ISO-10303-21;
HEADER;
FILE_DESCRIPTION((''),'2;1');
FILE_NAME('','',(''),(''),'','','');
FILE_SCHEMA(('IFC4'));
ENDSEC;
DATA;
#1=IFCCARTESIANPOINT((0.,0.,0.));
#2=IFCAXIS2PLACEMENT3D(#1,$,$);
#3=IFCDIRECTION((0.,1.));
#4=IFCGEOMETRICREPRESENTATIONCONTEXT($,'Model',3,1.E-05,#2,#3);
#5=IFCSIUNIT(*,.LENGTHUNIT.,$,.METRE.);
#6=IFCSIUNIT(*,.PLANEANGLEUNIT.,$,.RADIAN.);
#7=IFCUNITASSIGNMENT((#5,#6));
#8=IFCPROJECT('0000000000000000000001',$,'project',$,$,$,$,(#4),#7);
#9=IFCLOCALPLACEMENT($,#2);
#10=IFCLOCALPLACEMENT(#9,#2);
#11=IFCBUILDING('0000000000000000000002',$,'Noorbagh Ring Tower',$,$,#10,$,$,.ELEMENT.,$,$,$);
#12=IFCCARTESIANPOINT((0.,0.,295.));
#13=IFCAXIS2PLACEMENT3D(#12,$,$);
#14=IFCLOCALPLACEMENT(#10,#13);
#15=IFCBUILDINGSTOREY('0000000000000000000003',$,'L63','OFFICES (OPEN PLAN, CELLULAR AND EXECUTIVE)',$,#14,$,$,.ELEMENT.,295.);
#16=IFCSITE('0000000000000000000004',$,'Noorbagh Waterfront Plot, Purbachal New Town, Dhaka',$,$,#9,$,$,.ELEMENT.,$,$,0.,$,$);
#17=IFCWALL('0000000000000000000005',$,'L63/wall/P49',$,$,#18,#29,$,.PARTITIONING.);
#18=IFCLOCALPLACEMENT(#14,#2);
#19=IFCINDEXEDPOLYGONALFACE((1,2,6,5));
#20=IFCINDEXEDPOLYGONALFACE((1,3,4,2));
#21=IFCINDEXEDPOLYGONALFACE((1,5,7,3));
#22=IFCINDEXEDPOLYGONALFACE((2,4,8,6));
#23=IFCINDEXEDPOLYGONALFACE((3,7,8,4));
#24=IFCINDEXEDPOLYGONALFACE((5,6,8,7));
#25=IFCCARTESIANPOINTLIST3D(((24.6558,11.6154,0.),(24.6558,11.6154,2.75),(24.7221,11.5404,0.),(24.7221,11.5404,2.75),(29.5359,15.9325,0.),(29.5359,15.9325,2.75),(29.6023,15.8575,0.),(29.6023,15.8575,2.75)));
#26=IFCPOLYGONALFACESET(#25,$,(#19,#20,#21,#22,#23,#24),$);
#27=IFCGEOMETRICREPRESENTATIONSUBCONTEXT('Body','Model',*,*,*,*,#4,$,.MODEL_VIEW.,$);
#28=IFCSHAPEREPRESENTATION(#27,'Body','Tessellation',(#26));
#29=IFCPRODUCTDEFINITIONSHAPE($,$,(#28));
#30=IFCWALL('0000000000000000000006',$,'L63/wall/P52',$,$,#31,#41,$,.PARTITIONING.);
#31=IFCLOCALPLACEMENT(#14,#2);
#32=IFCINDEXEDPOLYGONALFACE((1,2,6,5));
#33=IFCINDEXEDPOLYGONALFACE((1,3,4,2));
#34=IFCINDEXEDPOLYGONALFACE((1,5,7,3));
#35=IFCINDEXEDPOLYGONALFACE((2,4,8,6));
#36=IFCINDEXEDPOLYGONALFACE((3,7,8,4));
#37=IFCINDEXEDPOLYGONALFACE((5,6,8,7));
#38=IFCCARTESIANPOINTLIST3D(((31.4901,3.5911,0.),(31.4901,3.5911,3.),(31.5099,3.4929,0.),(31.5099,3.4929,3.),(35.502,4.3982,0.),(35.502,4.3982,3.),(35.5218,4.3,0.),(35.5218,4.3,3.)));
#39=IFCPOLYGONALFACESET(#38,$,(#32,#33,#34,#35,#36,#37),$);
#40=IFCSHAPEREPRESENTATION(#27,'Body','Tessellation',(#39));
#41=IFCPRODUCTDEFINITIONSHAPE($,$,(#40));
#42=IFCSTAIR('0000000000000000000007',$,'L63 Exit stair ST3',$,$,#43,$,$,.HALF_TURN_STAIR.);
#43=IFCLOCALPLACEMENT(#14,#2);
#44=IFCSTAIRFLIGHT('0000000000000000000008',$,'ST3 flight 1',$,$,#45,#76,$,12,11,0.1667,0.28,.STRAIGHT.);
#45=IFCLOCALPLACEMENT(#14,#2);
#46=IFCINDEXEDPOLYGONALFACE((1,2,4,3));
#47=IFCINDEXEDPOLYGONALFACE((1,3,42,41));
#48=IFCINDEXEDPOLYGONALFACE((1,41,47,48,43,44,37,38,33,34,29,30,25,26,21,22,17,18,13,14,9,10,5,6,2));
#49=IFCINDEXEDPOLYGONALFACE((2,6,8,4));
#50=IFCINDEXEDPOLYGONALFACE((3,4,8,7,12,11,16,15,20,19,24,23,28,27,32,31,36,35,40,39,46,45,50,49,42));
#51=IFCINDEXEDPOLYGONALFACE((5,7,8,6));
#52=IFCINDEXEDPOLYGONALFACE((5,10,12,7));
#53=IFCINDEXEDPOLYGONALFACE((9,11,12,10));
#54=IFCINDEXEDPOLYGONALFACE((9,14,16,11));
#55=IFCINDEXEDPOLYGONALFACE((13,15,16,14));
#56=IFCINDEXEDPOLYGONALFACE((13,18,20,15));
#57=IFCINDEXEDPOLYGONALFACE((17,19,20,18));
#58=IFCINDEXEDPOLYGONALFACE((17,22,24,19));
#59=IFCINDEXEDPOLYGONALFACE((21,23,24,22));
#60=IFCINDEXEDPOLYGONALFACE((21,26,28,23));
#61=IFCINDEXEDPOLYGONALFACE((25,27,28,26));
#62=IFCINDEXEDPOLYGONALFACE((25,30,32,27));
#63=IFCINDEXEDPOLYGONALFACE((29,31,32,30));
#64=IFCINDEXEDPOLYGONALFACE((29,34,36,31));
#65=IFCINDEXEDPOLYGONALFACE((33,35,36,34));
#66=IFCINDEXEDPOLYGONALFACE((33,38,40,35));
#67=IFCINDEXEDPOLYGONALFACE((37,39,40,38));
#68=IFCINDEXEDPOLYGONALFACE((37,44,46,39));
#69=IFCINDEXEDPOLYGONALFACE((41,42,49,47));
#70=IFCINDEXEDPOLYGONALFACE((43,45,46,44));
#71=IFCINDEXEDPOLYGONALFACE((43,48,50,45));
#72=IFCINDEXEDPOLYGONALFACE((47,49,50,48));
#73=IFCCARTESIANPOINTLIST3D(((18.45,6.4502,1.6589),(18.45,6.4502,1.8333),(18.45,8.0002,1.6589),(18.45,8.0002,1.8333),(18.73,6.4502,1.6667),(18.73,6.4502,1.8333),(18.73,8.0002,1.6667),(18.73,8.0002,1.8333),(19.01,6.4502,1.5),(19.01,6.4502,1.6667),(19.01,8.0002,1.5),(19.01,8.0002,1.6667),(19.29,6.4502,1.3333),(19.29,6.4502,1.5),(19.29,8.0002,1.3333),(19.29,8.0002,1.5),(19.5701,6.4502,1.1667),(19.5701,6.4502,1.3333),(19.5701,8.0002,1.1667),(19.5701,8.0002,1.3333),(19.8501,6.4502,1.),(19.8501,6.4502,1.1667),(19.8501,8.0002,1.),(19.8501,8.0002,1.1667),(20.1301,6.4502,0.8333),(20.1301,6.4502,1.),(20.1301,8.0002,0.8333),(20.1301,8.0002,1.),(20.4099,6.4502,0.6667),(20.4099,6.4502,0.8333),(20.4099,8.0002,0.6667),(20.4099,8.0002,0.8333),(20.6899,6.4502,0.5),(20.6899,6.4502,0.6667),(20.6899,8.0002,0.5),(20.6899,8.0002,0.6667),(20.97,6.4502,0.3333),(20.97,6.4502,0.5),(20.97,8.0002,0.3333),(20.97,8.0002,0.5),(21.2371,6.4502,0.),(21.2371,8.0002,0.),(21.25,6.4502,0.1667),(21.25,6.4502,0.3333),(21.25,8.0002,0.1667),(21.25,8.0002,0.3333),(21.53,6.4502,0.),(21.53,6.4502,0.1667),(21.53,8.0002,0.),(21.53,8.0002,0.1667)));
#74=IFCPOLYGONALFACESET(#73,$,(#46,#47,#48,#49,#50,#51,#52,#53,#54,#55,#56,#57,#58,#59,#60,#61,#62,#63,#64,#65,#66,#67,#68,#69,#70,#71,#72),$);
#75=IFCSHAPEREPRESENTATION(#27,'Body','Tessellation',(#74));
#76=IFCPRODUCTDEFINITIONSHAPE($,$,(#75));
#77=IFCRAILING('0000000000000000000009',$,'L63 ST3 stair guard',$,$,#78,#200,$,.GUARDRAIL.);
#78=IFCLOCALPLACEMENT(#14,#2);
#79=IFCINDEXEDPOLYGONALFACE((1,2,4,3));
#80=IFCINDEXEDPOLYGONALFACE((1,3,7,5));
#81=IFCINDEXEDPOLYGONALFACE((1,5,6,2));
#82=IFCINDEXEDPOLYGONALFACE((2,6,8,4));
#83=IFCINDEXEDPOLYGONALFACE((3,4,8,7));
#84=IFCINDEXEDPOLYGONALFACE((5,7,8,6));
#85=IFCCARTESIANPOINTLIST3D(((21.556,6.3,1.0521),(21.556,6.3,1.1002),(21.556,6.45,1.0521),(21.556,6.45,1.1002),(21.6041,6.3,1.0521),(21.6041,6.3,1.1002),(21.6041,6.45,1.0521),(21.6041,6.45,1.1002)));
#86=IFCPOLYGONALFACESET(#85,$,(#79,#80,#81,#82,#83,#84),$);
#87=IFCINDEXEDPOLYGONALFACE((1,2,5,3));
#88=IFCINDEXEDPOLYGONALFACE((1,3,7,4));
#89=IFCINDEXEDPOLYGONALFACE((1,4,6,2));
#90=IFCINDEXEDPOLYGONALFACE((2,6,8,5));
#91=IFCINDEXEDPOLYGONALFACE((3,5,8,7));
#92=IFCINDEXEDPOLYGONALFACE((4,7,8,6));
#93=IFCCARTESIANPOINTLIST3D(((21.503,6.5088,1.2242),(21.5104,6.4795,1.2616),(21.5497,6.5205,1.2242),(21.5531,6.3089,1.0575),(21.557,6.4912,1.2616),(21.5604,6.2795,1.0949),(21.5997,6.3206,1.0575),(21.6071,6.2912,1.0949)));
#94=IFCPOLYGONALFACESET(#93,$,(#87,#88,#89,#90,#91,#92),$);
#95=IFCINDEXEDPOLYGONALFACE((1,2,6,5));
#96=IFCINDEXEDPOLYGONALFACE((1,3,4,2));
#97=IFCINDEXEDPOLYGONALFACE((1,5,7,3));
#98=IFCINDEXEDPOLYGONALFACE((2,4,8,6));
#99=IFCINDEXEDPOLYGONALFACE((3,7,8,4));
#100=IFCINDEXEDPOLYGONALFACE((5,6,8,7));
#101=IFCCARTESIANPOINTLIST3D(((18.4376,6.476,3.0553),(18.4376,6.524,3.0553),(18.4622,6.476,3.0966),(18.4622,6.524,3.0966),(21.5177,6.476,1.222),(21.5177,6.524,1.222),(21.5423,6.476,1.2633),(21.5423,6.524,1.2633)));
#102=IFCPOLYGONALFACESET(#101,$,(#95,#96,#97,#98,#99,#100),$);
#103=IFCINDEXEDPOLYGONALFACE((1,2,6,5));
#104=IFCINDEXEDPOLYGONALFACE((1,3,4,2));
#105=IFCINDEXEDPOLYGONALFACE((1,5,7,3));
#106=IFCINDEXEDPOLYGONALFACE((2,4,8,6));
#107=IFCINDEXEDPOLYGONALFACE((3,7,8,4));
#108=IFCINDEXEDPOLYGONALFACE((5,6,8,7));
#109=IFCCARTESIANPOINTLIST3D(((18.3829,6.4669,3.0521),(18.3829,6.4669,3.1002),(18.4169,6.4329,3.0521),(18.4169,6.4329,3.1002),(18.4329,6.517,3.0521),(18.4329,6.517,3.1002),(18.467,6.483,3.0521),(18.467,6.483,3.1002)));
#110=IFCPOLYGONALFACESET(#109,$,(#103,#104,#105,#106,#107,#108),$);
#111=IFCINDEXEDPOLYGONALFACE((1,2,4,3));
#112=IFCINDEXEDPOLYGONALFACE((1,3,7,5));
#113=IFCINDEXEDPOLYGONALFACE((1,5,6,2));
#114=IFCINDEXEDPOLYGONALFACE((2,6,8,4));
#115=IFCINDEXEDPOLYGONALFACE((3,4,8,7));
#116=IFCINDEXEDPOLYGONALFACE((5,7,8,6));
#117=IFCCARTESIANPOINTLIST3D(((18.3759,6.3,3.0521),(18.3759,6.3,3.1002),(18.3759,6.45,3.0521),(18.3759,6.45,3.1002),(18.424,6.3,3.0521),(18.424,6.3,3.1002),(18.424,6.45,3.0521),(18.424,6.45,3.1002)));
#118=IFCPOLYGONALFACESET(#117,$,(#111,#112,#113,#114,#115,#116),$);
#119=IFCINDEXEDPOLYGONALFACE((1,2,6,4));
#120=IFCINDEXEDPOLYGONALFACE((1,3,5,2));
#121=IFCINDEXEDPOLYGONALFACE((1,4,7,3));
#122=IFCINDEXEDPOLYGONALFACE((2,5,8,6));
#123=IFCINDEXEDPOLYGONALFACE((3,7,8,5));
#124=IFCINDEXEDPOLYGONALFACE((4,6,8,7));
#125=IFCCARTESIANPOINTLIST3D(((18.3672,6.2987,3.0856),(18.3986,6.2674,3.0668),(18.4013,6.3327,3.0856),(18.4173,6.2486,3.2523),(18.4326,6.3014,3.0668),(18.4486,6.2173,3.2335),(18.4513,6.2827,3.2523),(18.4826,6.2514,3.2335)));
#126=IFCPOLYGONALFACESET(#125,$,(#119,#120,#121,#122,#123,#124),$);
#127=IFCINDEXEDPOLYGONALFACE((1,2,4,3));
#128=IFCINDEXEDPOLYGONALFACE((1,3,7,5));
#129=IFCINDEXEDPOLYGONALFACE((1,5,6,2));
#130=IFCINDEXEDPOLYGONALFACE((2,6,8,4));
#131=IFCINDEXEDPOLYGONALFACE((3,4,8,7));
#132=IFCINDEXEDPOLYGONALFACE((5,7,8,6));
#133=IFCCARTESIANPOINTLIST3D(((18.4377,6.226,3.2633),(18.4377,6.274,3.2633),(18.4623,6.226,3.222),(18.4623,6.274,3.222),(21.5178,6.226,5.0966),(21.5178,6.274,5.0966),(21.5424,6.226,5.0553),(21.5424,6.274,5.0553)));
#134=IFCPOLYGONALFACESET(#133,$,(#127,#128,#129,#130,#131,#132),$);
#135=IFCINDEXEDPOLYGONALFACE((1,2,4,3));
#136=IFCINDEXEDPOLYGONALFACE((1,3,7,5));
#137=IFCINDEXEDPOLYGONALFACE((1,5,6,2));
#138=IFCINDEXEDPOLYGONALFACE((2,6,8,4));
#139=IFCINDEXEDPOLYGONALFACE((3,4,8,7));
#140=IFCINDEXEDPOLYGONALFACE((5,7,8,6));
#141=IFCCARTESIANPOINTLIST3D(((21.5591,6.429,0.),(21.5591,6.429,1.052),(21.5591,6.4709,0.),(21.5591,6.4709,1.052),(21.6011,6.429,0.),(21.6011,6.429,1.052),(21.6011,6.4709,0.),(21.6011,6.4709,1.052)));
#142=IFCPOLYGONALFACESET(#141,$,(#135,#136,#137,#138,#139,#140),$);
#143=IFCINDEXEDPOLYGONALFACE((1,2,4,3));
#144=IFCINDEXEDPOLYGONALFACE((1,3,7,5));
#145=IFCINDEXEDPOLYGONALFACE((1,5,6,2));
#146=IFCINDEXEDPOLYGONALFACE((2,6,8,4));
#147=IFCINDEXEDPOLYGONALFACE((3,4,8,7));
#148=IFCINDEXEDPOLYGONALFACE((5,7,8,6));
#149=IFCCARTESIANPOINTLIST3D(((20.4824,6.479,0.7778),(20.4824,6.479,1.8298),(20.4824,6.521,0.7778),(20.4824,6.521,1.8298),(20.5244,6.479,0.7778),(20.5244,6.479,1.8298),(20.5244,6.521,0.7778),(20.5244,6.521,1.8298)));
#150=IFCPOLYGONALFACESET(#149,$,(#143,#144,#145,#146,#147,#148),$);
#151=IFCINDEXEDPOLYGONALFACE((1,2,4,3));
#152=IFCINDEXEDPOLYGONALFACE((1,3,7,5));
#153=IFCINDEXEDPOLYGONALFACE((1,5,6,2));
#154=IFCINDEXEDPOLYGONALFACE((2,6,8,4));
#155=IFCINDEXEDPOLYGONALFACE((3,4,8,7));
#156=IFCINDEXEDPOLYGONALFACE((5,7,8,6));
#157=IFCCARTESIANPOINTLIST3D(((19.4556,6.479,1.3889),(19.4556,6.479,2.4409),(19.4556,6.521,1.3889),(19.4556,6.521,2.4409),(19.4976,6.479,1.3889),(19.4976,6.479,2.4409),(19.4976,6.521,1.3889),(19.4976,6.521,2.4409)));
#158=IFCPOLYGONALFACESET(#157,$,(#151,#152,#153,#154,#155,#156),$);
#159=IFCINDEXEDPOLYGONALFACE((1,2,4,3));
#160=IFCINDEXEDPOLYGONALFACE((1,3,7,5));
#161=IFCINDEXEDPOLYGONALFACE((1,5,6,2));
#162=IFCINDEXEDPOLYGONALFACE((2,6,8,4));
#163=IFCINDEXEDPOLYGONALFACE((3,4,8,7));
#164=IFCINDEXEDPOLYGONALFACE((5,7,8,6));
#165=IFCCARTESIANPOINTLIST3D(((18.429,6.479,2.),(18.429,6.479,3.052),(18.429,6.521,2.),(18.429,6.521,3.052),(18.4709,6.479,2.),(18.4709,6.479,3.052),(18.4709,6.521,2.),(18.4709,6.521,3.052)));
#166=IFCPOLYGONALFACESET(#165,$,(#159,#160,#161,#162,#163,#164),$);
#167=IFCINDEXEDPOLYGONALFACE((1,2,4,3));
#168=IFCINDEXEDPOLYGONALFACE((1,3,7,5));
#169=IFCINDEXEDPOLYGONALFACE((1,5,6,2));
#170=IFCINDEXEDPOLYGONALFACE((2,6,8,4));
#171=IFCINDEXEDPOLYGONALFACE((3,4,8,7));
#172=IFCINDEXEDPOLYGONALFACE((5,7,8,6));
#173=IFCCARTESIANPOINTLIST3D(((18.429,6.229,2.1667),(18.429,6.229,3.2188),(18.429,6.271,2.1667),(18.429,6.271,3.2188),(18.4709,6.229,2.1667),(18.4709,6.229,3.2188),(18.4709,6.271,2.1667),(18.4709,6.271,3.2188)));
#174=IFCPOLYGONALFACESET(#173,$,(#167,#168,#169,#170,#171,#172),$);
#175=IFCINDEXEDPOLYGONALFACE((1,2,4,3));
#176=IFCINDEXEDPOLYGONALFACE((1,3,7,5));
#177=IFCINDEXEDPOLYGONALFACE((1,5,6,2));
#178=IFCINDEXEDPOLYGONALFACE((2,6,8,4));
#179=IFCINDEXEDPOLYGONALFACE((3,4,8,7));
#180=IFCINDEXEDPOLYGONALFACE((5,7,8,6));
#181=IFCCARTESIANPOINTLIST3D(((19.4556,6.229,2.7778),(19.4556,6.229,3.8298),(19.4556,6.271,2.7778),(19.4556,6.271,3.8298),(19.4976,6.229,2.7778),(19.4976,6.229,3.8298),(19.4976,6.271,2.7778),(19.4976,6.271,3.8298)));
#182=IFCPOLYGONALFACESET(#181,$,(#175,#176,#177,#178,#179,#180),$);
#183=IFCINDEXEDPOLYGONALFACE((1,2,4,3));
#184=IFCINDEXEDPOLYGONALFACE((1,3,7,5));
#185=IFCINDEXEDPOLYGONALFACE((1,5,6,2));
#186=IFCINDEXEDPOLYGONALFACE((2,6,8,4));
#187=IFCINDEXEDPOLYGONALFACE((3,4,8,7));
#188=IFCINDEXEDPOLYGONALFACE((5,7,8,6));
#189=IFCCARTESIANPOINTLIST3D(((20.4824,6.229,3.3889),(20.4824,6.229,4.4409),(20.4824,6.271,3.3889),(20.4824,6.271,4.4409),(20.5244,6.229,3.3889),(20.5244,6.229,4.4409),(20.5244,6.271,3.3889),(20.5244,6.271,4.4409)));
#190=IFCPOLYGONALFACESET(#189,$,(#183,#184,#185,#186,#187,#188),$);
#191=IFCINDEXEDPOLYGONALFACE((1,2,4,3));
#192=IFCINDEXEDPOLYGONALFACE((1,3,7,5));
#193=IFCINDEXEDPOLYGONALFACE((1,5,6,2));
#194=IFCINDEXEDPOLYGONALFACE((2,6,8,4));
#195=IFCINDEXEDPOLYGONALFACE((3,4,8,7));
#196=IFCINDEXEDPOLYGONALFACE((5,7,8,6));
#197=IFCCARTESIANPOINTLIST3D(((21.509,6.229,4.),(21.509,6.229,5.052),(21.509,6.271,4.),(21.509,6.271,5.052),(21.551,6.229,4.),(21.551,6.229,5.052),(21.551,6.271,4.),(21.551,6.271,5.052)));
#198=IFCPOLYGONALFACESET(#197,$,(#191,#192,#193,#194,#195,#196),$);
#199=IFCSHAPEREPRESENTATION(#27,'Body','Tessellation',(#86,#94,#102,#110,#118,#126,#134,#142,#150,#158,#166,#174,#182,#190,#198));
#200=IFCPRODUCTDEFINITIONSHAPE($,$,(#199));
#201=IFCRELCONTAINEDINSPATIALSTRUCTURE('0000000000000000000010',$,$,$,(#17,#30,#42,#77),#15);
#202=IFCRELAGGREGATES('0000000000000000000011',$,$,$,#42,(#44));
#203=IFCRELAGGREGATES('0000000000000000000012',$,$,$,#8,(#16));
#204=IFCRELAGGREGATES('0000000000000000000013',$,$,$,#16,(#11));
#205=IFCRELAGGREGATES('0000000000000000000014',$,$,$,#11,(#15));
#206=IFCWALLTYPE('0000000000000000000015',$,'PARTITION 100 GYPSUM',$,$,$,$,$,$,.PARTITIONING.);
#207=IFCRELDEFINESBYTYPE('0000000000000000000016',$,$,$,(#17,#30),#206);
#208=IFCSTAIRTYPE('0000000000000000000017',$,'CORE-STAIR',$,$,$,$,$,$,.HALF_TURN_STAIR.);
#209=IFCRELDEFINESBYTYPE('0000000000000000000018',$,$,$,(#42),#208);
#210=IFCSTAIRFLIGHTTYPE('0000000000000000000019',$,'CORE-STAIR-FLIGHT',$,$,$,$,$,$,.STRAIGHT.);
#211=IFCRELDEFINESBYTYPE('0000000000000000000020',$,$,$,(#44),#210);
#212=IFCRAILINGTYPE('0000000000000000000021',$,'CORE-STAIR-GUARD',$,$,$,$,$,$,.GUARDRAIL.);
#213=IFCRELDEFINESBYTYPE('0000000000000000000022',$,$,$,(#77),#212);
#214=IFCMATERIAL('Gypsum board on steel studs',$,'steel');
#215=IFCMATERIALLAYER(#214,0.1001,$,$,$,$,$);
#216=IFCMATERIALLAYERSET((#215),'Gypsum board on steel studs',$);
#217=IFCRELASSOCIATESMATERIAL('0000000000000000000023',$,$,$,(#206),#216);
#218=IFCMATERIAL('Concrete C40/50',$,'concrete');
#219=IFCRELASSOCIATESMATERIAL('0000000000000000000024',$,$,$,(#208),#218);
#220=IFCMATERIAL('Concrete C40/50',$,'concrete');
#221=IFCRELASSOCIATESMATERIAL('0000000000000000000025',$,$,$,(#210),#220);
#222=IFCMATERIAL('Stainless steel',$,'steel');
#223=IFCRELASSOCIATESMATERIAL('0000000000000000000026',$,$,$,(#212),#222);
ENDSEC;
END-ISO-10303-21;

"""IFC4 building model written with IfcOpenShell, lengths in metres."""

from ifc_helpers import new_model, si_unit, direction, frame, frame_2d, origin, origin_2d, place, context, subcontext, project, spatial, polyline, rectangle, outline, extrude, material, layer, layer_set, type_object, element, aggregate, save


model = new_model("IFC4")

# Units and contexts
model_context = context("Model", 3, precision=1e-05, world=origin(), true_north=direction((0.0, 1.0)))
body_context = subcontext(model_context, "Body", "Model", "MODEL_VIEW")
ifc_project = project(units=[si_unit("LENGTHUNIT", "METRE"), si_unit("PLANEANGLEUNIT", "RADIAN")], contexts=[model_context])

# Site, building, storey
site_placement = place(None, origin())
site = spatial("IfcSite", under=ifc_project, at=site_placement, Name="Noorbagh Waterfront Plot, Purbachal New Town, Dhaka", CompositionType="ELEMENT", RefElevation=0.0)
building_placement = place(site_placement, origin())
building = spatial("IfcBuilding", under=site, at=building_placement, Name="Noorbagh Ring Tower", CompositionType="ELEMENT")
storey_placement = place(building_placement, frame((0.0, 0.0, 295.0)))
storey = spatial("IfcBuildingStorey", under=building, at=storey_placement, Name="L63", Description="OFFICES (OPEN PLAN, CELLULAR AND EXECUTIVE)", CompositionType="ELEMENT", Elevation=295.0)

# Walls
ifc_material_1 = material(Name="Gypsum board on steel studs", Category="steel")
ifc_layer_1 = layer(ifc_material_1, 0.1001)
ifc_layer_set_1 = layer_set([ifc_layer_1], Name="Gypsum board on steel studs")
wall_type_1 = type_object("IfcWallType", Name="PARTITION 100 GYPSUM", PredefinedType="PARTITIONING", material=ifc_layer_set_1)
wall_1_placement = place(storey_placement, frame((24.689, 11.5779, 0.0), z_axis=(0.0, 0.0, 1.0), x_axis=(0.748989, 0.662583, 0.0)))
element("IfcWall", 1, at=wall_1_placement, inside=storey, type_object=wall_type_1, Name="L63/wall/P49", PredefinedType="PARTITIONING", context=body_context, shape_type="SweptSolid", body=[
    extrude(rectangle(XDim=6.5156, YDim=0.1001, at=frame_2d((3.2578, 0.0))), origin(), (0.0, 0.0, 1.0), 2.75),
])
wall_2_placement = place(storey_placement, frame((31.5, 3.542, 0.0), z_axis=(0.0, 0.0, 1.0), x_axis=(0.980357, 0.197229, 0.0)))
element("IfcWall", 2, at=wall_2_placement, inside=storey, type_object=wall_type_1, Name="L63/wall/P52", PredefinedType="PARTITIONING", context=body_context, shape_type="SweptSolid", body=[
    extrude(rectangle(XDim=4.0923, YDim=0.1001, at=frame_2d((2.0461, 0.0))), origin(), (0.0, 0.0, 1.0), 3.0),
])

# Stair, stair flight
ifc_material_2 = material(Name="Concrete C40/50", Category="concrete")
stair_type = type_object("IfcStairType", Name="CORE-STAIR", PredefinedType="HALF_TURN_STAIR", material=ifc_material_2)
stair_placement = place(storey_placement, origin())
stair = element("IfcStair", 3, at=stair_placement, inside=storey, type_object=stair_type, Name="L63 Exit stair ST3", PredefinedType="HALF_TURN_STAIR")
ifc_material_3 = material(Name="Concrete C40/50", Category="concrete")
stair_flight_type = type_object("IfcStairFlightType", Name="CORE-STAIR-FLIGHT", PredefinedType="STRAIGHT", material=ifc_material_3)
stair_flight_placement = place(storey_placement, frame((21.53, 7.2251, 0.0), z_axis=(0.0, 0.0, 1.0), x_axis=(-1.0, 0.0, 0.0)))
stair_flight = element("IfcStairFlight", 4, at=stair_flight_placement, type_object=stair_flight_type, Name="ST3 flight 1", NumberOfRisers=12, NumberOfTreads=11, PredefinedType="STRAIGHT", RiserHeight=0.1667, TreadLength=0.28, context=body_context, shape_type="SweptSolid", body=[
    extrude(outline(polyline([(0.0, 0.0), (0.0, 0.1667), (0.28, 0.1667), (0.28, 0.3333), (0.5601, 0.3333), (0.5601, 0.5), (0.8401, 0.5), (0.8401, 0.6667), (1.1201, 0.6667), (1.1201, 0.8333), (1.3999, 0.8333), (1.3999, 1.0), (1.6799, 1.0), (1.6799, 1.1667), (1.96, 1.1667), (1.96, 1.3333), (2.24, 1.3333), (2.24, 1.5), (2.52, 1.5), (2.52, 1.6667), (2.8, 1.6667), (2.8, 1.8333), (3.0801, 1.8333), (3.0801, 2.0), (3.0801, 1.6589), (0.293, 0.0), (0.0, 0.0)])), frame((0.0, 0.7749, 0.0), z_axis=(0.0, -1.0, 0.0), x_axis=(1.0, 0.0, 0.0)), (0.0, 0.0, 1.0), 1.55),
])
aggregate(stair, [stair_flight])

# Railing
ifc_material_4 = material(Name="Stainless steel", Category="steel")
railing_type_1 = type_object("IfcRailingType", Name="CORE-STAIR-GUARD", PredefinedType="GUARDRAIL", material=ifc_material_4)
railing_1_placement = place(storey_placement, frame((21.5801, 6.45, 0.0)))
element("IfcRailing", 5, at=railing_1_placement, inside=storey, type_object=railing_type_1, Name="L63 ST3 stair guard", PredefinedType="GUARDRAIL", context=body_context, shape_type="SweptSolid", body=[
    extrude(rectangle(XDim=0.0481, YDim=0.0481, at=origin_2d()), frame((0.0, 0.0, 1.0762), z_axis=(0.0, -1.0, 0.0), x_axis=(1.0, 0.0, 0.0)), (0.0, 0.0, 1.0), 0.1499),
    extrude(rectangle(XDim=0.0481, YDim=0.0481, at=origin_2d()), frame((0.0, -0.1499, 1.0762), z_axis=(-0.188776, 0.754182, 0.628946), x_axis=(-0.970073, -0.242814, 0.0)), (0.0, 0.0, 1.0), 0.2651),
    extrude(rectangle(XDim=0.0481, YDim=0.0481, at=origin_2d()), frame((-0.05, 0.05, 1.2427), z_axis=(-0.859309, 0.0, 0.511458), x_axis=(0.0, -1.0, 0.0)), (0.0, 0.0, 1.0), 3.5845),
    extrude(rectangle(XDim=0.0481, YDim=0.0481, at=origin_2d()), frame((-3.1301, 0.05, 3.0762), z_axis=(-0.707107, -0.707107, 0.0), x_axis=(0.707107, -0.707107, 0.0)), (0.0, 0.0, 1.0), 0.0708),
    extrude(rectangle(XDim=0.0481, YDim=0.0481, at=origin_2d()), frame((-3.1802, 0.0, 3.0762), z_axis=(0.0, -1.0, 0.0), x_axis=(1.0, 0.0, 0.0)), (0.0, 0.0, 1.0), 0.1499),
    extrude(rectangle(XDim=0.0481, YDim=0.0481, at=origin_2d()), frame((-3.1802, -0.1499, 3.0762), z_axis=(0.276287, -0.276287, 0.920506), x_axis=(0.707107, 0.707107, 0.0)), (0.0, 0.0, 1.0), 0.1812),
    extrude(rectangle(XDim=0.0481, YDim=0.0481, at=origin_2d()), frame((-3.1301, -0.2, 3.2427), z_axis=(0.859309, 0.0, 0.511458), x_axis=(0.0, 1.0, 0.0)), (0.0, 0.0, 1.0), 3.5845),
    extrude(rectangle(XDim=0.042, YDim=0.042, at=origin_2d()), origin(), (0.0, 0.0, 1.0), 1.052),
    extrude(rectangle(XDim=0.042, YDim=0.042, at=origin_2d()), frame((-1.0767, 0.05, 0.7778)), (0.0, 0.0, 1.0), 1.052),
    extrude(rectangle(XDim=0.042, YDim=0.042, at=origin_2d()), frame((-2.1035, 0.05, 1.3889)), (0.0, 0.0, 1.0), 1.052),
    extrude(rectangle(XDim=0.042, YDim=0.042, at=origin_2d()), frame((-3.1301, 0.05, 2.0)), (0.0, 0.0, 1.0), 1.052),
    extrude(rectangle(XDim=0.042, YDim=0.042, at=origin_2d()), frame((-3.1301, -0.2, 2.1667)), (0.0, 0.0, 1.0), 1.052),
    extrude(rectangle(XDim=0.042, YDim=0.042, at=origin_2d()), frame((-2.1035, -0.2, 2.7778)), (0.0, 0.0, 1.0), 1.052),
    extrude(rectangle(XDim=0.042, YDim=0.042, at=origin_2d()), frame((-1.0767, -0.2, 3.3889)), (0.0, 0.0, 1.0), 1.052),
    extrude(rectangle(XDim=0.042, YDim=0.042, at=origin_2d()), frame((-0.05, -0.2, 4.0)), (0.0, 0.0, 1.0), 1.052),
])

save(model, "model.ifc")
